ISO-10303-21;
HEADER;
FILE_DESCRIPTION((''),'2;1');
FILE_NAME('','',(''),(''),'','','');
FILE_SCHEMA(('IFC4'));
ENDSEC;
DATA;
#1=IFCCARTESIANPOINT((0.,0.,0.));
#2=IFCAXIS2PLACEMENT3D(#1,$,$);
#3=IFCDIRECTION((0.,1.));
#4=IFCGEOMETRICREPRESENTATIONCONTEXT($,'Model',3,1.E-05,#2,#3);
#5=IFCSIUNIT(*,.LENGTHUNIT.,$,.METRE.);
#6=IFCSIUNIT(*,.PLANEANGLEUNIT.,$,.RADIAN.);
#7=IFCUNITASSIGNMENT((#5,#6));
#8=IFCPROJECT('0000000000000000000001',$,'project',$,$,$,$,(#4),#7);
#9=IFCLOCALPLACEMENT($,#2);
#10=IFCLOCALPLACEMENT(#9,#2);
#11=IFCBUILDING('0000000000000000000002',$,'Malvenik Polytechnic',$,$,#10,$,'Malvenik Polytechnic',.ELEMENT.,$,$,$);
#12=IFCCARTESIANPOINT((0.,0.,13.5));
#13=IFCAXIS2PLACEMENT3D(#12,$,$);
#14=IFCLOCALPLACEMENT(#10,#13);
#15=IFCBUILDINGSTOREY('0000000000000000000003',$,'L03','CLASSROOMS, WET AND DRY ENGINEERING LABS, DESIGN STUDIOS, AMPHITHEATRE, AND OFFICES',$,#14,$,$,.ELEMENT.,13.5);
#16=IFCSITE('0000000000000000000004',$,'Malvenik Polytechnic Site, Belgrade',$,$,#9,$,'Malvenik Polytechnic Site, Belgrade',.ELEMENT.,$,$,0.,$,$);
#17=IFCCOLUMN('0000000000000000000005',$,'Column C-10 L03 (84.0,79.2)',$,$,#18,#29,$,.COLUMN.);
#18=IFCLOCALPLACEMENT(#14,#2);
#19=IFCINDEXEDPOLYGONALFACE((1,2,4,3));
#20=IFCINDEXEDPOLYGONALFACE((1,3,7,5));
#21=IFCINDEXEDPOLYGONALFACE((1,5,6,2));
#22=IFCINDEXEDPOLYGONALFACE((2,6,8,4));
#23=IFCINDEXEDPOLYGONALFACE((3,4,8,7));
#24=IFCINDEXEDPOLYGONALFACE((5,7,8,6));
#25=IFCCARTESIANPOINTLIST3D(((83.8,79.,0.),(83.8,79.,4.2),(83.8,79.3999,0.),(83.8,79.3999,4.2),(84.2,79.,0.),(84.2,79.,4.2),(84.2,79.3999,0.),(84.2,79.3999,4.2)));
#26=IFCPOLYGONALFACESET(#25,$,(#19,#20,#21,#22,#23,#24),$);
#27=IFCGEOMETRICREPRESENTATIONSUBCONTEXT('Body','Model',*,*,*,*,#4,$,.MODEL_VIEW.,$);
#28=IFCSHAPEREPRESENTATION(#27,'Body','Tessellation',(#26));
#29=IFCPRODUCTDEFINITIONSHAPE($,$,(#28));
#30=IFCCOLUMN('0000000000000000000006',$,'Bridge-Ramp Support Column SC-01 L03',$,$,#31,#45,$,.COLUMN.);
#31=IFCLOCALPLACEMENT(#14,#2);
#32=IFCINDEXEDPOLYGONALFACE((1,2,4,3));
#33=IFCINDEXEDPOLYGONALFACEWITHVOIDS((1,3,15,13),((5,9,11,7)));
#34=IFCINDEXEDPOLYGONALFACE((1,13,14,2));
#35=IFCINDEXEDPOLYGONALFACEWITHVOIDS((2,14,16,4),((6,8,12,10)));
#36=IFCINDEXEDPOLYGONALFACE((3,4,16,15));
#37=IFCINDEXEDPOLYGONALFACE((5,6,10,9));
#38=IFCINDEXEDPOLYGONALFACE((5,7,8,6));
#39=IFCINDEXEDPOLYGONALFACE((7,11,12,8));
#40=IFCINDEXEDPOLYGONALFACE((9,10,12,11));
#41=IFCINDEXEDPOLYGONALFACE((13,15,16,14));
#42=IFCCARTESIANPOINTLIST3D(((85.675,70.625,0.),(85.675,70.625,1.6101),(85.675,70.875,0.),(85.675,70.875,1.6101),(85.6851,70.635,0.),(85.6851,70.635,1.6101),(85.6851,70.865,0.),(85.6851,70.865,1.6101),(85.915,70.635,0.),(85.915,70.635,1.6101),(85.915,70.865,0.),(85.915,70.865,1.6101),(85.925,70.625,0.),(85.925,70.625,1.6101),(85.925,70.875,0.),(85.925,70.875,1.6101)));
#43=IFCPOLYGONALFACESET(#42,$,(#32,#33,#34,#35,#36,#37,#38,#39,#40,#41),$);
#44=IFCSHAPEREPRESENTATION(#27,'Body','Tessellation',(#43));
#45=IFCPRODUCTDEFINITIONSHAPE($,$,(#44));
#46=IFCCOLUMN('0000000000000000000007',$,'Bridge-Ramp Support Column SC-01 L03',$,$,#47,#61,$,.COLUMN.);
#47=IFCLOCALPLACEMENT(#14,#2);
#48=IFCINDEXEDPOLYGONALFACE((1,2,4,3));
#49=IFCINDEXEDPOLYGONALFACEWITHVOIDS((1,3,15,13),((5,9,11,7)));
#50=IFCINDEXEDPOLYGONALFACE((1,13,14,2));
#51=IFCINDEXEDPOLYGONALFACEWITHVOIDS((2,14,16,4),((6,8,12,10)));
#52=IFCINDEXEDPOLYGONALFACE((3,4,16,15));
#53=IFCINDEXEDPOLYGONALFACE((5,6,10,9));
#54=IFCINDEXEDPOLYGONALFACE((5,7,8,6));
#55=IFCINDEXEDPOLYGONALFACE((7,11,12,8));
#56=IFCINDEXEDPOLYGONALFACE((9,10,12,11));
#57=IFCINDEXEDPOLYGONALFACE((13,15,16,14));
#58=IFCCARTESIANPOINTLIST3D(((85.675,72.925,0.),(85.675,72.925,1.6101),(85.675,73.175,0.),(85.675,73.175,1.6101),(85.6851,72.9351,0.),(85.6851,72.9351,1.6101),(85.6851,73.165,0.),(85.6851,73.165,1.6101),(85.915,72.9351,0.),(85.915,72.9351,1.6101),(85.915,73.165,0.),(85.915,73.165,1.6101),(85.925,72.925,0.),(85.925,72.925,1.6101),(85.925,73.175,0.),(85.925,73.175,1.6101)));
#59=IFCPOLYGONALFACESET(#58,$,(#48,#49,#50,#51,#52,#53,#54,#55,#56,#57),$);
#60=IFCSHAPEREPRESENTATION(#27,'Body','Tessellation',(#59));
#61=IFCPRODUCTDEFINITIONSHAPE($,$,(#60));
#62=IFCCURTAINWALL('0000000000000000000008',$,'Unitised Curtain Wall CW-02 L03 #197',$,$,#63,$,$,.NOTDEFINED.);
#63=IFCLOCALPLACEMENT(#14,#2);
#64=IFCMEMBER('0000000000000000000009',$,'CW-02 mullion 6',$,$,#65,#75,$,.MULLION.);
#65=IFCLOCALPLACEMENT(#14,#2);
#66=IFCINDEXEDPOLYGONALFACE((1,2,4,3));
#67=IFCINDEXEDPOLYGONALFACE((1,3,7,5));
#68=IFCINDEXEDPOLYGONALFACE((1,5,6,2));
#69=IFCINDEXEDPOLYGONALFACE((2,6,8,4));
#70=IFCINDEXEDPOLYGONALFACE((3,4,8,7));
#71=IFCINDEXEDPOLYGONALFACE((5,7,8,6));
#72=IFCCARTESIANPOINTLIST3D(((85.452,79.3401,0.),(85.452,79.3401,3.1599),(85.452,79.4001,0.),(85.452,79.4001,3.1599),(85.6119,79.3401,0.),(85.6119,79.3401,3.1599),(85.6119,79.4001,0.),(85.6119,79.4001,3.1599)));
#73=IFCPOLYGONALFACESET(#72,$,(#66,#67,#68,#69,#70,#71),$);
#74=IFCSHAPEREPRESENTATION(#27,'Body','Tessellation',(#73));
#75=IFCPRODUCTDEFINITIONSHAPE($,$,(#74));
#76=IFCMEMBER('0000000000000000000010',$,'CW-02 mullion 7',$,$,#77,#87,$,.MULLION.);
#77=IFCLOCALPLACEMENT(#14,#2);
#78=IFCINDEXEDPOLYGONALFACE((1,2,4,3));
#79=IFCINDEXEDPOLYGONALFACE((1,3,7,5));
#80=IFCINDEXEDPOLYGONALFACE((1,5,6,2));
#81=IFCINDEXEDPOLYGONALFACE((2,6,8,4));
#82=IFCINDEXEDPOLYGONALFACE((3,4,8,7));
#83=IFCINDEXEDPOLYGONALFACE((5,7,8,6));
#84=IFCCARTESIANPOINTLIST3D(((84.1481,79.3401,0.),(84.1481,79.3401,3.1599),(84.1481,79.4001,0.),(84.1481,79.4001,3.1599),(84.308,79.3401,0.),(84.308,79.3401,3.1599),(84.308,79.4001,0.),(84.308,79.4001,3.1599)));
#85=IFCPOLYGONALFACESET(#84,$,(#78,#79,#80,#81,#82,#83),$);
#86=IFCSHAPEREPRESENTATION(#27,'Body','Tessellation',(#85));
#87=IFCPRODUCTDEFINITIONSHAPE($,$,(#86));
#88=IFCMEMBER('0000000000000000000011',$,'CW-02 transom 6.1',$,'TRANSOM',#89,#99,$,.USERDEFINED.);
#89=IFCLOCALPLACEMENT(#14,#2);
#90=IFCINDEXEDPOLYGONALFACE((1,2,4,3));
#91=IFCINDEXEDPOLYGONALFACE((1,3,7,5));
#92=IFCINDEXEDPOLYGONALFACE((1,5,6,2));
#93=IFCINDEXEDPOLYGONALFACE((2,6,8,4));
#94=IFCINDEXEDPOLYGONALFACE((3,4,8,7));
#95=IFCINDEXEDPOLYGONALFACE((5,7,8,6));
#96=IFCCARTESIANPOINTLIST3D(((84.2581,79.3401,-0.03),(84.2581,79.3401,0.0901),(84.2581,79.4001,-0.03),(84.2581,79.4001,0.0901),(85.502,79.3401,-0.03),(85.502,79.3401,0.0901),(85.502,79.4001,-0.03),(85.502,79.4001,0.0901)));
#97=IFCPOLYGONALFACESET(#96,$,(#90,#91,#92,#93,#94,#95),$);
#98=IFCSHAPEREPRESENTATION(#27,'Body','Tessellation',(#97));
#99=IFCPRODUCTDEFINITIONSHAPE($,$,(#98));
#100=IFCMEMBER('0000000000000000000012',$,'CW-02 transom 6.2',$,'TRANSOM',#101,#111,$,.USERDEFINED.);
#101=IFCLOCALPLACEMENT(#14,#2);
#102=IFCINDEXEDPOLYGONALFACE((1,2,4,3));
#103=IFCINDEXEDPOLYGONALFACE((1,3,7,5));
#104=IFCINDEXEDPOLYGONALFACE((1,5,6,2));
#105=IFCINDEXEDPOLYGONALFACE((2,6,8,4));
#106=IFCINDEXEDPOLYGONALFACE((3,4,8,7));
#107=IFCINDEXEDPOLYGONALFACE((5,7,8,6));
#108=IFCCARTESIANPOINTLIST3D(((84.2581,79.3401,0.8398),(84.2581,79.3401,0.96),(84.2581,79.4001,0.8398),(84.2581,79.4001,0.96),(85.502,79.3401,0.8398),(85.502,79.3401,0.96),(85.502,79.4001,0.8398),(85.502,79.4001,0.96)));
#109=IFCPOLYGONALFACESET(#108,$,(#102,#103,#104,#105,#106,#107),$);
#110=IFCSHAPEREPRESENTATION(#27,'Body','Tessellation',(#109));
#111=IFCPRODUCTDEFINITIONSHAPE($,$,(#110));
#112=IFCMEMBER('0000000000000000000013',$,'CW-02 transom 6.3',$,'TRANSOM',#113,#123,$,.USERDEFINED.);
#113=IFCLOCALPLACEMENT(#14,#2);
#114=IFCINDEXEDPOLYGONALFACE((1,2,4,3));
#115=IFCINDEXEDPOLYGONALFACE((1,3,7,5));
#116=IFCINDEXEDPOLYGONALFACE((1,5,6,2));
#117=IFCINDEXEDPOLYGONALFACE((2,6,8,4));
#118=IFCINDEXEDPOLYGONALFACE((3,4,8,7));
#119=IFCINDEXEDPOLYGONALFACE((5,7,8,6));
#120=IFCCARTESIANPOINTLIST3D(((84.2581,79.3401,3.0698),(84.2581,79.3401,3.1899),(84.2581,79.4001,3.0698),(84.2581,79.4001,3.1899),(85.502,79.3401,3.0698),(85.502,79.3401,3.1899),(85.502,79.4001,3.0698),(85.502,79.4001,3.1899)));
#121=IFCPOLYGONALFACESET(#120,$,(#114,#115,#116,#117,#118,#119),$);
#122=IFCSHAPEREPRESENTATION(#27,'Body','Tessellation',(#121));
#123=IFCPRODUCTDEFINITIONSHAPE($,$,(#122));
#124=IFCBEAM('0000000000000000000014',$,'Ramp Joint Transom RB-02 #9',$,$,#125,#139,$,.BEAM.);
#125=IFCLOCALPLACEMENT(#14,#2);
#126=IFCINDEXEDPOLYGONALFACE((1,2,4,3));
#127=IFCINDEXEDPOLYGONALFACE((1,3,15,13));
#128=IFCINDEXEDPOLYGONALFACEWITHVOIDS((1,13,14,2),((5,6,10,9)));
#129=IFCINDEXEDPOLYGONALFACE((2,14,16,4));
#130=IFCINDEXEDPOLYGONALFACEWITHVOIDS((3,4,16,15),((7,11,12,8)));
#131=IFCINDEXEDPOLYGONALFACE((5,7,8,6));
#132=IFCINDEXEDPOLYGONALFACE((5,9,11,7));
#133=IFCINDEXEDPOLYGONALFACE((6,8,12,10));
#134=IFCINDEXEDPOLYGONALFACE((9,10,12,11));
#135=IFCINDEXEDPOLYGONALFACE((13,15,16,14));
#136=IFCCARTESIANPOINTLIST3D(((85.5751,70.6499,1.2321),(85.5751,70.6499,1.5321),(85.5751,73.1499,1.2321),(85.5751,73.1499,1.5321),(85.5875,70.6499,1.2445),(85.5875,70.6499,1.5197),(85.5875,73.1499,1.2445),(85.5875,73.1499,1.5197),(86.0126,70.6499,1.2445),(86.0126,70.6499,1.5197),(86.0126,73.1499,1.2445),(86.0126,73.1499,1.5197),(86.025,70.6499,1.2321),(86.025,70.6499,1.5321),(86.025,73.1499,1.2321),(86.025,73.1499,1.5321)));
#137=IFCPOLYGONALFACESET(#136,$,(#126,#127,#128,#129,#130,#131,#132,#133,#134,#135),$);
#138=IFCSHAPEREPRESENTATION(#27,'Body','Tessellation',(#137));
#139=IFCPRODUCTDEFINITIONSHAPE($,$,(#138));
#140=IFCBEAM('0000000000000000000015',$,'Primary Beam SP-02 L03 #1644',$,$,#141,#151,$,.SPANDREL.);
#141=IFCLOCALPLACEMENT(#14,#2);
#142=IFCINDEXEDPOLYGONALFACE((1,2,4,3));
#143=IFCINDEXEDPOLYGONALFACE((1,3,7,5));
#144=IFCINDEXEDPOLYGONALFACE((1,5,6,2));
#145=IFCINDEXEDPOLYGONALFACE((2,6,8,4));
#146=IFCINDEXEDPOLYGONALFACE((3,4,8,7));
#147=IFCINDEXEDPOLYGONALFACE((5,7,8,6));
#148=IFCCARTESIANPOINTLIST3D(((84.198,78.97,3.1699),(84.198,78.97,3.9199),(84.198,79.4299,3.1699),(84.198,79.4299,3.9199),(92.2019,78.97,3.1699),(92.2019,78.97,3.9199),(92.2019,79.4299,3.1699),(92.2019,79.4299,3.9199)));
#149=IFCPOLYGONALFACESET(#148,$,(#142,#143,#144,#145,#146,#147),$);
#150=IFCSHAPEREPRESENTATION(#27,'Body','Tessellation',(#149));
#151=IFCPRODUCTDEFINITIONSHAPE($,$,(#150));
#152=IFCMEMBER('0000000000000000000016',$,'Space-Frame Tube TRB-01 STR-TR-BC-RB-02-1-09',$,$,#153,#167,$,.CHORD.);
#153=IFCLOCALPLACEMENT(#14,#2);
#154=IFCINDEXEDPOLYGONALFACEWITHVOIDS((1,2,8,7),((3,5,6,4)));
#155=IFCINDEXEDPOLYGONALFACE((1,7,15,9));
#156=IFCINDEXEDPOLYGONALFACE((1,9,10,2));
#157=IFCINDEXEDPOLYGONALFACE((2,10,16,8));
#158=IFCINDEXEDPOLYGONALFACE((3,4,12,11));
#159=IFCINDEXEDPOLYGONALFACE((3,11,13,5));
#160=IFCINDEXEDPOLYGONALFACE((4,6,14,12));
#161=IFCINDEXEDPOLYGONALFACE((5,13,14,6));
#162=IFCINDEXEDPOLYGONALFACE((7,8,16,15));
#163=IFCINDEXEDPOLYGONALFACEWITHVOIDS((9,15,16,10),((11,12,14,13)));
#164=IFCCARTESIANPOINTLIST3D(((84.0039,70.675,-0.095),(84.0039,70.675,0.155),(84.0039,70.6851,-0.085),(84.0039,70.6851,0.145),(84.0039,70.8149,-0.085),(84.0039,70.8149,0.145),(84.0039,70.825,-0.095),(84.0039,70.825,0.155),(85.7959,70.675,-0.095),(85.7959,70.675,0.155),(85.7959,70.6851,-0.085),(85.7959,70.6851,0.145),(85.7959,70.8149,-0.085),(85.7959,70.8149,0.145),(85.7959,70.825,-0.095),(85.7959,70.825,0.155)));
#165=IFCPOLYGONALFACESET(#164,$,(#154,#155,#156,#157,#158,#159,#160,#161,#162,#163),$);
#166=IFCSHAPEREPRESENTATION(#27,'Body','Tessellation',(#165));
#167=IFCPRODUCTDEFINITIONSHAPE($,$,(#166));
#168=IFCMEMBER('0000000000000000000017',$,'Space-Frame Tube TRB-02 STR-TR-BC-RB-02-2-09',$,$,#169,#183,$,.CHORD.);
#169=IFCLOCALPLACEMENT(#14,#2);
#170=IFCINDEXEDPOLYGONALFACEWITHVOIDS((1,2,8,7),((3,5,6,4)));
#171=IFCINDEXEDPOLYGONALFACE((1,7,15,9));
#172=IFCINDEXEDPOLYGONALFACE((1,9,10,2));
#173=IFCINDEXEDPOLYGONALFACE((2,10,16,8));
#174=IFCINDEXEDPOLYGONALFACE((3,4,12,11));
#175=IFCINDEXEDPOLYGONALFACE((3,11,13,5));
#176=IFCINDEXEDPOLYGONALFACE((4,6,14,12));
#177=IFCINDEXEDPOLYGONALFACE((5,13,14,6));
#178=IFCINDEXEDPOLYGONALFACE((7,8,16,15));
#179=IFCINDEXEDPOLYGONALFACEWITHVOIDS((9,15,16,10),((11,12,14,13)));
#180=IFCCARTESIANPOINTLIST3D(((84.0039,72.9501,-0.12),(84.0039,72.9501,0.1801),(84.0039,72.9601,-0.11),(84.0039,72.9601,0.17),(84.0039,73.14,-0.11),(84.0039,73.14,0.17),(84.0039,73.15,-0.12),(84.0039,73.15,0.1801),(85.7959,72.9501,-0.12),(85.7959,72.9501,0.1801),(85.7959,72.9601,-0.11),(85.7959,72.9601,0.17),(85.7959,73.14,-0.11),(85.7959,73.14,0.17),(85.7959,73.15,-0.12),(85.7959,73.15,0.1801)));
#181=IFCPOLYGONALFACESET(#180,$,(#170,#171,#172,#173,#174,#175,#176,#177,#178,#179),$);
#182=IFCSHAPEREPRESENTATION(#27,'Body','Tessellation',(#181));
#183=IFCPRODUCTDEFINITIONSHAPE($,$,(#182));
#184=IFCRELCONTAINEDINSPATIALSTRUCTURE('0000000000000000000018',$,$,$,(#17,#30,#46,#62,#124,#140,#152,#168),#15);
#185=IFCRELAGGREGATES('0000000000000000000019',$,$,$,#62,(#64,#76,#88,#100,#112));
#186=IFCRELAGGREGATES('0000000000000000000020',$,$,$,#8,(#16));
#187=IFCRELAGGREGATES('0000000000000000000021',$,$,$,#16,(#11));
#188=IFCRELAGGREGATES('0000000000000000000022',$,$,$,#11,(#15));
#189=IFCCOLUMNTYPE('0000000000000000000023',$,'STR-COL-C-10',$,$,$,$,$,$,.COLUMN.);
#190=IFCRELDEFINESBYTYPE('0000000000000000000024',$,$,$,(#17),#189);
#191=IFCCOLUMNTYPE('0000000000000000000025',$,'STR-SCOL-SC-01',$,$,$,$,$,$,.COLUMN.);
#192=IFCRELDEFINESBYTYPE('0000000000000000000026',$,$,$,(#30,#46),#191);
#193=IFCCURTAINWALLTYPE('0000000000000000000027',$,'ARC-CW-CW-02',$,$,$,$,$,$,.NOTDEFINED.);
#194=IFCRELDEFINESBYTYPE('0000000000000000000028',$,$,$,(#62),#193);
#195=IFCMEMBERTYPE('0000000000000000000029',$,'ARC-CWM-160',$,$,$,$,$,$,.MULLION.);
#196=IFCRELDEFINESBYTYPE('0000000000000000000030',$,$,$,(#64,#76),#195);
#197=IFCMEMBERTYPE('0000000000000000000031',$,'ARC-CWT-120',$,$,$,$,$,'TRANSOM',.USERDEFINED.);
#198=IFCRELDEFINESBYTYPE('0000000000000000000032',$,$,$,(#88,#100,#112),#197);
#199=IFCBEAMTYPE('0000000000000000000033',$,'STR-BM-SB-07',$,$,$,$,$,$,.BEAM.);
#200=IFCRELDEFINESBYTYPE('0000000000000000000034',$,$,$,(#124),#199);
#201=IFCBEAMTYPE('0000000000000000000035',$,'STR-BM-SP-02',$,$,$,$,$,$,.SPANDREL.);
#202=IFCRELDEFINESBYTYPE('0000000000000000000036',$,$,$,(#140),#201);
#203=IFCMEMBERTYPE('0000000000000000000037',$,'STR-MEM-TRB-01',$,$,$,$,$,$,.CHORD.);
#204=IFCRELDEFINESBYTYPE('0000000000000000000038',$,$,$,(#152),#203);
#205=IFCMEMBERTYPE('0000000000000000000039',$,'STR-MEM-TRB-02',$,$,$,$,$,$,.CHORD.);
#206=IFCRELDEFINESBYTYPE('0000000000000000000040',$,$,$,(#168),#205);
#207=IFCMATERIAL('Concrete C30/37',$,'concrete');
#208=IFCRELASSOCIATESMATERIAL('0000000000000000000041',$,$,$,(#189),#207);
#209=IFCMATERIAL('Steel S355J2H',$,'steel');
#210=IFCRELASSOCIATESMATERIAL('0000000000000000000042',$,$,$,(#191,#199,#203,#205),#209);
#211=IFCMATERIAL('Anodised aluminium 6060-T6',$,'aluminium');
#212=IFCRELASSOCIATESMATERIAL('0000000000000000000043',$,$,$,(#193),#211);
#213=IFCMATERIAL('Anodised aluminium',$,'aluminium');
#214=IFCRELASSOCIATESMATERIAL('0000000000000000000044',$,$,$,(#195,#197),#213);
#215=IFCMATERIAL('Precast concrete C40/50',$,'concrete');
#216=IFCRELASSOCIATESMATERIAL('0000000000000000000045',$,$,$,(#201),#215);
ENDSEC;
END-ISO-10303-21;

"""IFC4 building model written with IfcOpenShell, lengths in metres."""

from ifc_helpers import new_model, si_unit, direction, frame, origin, origin_2d, place, context, subcontext, project, spatial, rectangle, hollow_rectangle, extrude, material, material_profile, profile_set, type_object, element, aggregate, save


model = new_model("IFC4")

# Units and contexts
model_context = context("Model", 3, precision=1e-05, world=origin(), true_north=direction((0.0, 1.0)))
body_context = subcontext(model_context, "Body", "Model", "MODEL_VIEW")
ifc_project = project(units=[si_unit("LENGTHUNIT", "METRE"), si_unit("PLANEANGLEUNIT", "RADIAN")], contexts=[model_context])

# Site, building, storey
site_placement = place(None, origin())
site = spatial("IfcSite", under=ifc_project, at=site_placement, Name="Malvenik Polytechnic Site, Belgrade", LongName="Malvenik Polytechnic Site, Belgrade", CompositionType="ELEMENT", RefElevation=0.0)
building_placement = place(site_placement, origin())
building = spatial("IfcBuilding", under=site, at=building_placement, Name="Malvenik Polytechnic", LongName="Malvenik Polytechnic", CompositionType="ELEMENT")
storey_placement = place(building_placement, frame((0.0, 0.0, 13.5)))
storey = spatial("IfcBuildingStorey", under=building, at=storey_placement, Name="L03", Description="CLASSROOMS, WET AND DRY ENGINEERING LABS, DESIGN STUDIOS, AMPHITHEATRE, AND OFFICES", CompositionType="ELEMENT", Elevation=13.5)

# Columns
ifc_material_1 = material(Name="Concrete C30/37", Category="concrete")
ifc_material_profile_1 = material_profile(ifc_material_1, rectangle(XDim=0.3999, YDim=0.3999, at=origin_2d()), Name="RC COL 400x400")
ifc_profile_set_1 = profile_set([ifc_material_profile_1], Name="Concrete C30/37")
column_type_1 = type_object("IfcColumnType", Name="STR-COL-C-10", PredefinedType="COLUMN", material=ifc_profile_set_1)
column_placement = place(storey_placement, frame((84.0, 79.2, 0.0), z_axis=(0.0, 0.0, 1.0), x_axis=(1.0, 0.0, 0.0)))
element("IfcColumn", 1, at=column_placement, inside=storey, type_object=column_type_1, Name="Column C-10 L03 (84.0,79.2)", PredefinedType="COLUMN", context=body_context, shape_type="SweptSolid", body=[
    extrude(rectangle(XDim=0.3999, YDim=0.3999, at=origin_2d()), origin(), (0.0, 0.0, 1.0), 4.2),
])
ifc_material_2 = material(Name="Steel S355J2H", Category="steel")
ifc_material_profile_2 = material_profile(ifc_material_2, hollow_rectangle(XDim=0.25, YDim=0.25, WallThickness=0.01, at=origin_2d()), Name="SHS 250x250x10.0")
ifc_profile_set_2 = profile_set([ifc_material_profile_2], Name="Steel S355J2H")
column_type_2 = type_object("IfcColumnType", Name="STR-SCOL-SC-01", PredefinedType="COLUMN", material=ifc_profile_set_2)
for number, where, z_axis, x_axis, name in (
    (2, (85.8, 70.75, 0.0), (0.0, 0.0, 1.0), (1.0, 0.0, 0.0), "Bridge-Ramp Support Column SC-01 L03"),
    (3, (85.8, 73.05, 0.0), (0.0, 0.0, 1.0), (1.0, 0.0, 0.0), "Bridge-Ramp Support Column SC-01 L03"),
):
    element("IfcColumn", number, at=place(storey_placement, frame(where, z_axis=z_axis, x_axis=x_axis)), inside=storey, type_object=column_type_2, Name=name, PredefinedType="COLUMN", context=body_context, shape_type="SweptSolid", body=[
        extrude(hollow_rectangle(XDim=0.25, YDim=0.25, WallThickness=0.01, at=origin_2d()), origin(), (0.0, 0.0, 1.0), 1.6101),
    ])

# Curtain wall, members
ifc_material_3 = material(Name="Anodised aluminium 6060-T6", Category="aluminium")
curtain_wall_type = type_object("IfcCurtainWallType", Name="ARC-CW-CW-02", PredefinedType="NOTDEFINED", material=ifc_material_3)
curtain_wall_placement = place(storey_placement, origin())
curtain_wall = element("IfcCurtainWall", 4, at=curtain_wall_placement, inside=storey, type_object=curtain_wall_type, Name="Unitised Curtain Wall CW-02 L03 #197", PredefinedType="NOTDEFINED")
ifc_material_4 = material(Name="Anodised aluminium", Category="aluminium")
ifc_material_profile_3 = material_profile(ifc_material_4, rectangle(XDim=0.0601, YDim=0.1599, at=origin_2d()), Name="ALU MULLION 60x160")
ifc_profile_set_3 = profile_set([ifc_material_profile_3], Name="Anodised aluminium")
member_type_1 = type_object("IfcMemberType", Name="ARC-CWM-160", PredefinedType="MULLION", material=ifc_profile_set_3)
member_1_placement = place(storey_placement, frame((85.532, 79.3701, 0.0), z_axis=(0.0, 0.0, 1.0), x_axis=(0.0, -1.0, 0.0)))
member_1 = element("IfcMember", 5, at=member_1_placement, type_object=member_type_1, Name="CW-02 mullion 6", PredefinedType="MULLION", context=body_context, shape_type="SweptSolid", body=[
    extrude(rectangle(XDim=0.0601, YDim=0.1599, at=origin_2d()), origin(), (0.0, 0.0, 1.0), 3.1599),
])
member_2_placement = place(storey_placement, frame((84.228, 79.3701, 0.0), z_axis=(0.0, 0.0, 1.0), x_axis=(0.0, -1.0, 0.0)))
member_2 = element("IfcMember", 6, at=member_2_placement, type_object=member_type_1, Name="CW-02 mullion 7", PredefinedType="MULLION", context=body_context, shape_type="SweptSolid", body=[
    extrude(rectangle(XDim=0.0601, YDim=0.1599, at=origin_2d()), origin(), (0.0, 0.0, 1.0), 3.1599),
])
ifc_material_profile_4 = material_profile(ifc_material_4, rectangle(XDim=0.0601, YDim=0.1201, at=origin_2d()), Name="ALU TRANSOM 60x120")
ifc_profile_set_4 = profile_set([ifc_material_profile_4], Name="Anodised aluminium")
member_type_2 = type_object("IfcMemberType", Name="ARC-CWT-120", ElementType="TRANSOM", PredefinedType="USERDEFINED", material=ifc_profile_set_4)
member_3_placement = place(storey_placement, frame((85.502, 79.3701, 0.03), z_axis=(-1.0, 0.0, 0.0), x_axis=(0.0, -1.0, 0.0)))
member_3 = element("IfcMember", 7, at=member_3_placement, type_object=member_type_2, Name="CW-02 transom 6.1", ObjectType="TRANSOM", PredefinedType="USERDEFINED", context=body_context, shape_type="SweptSolid", body=[
    extrude(rectangle(XDim=0.0601, YDim=0.1201, at=origin_2d()), origin(), (0.0, 0.0, 1.0), 1.2439),
])
member_4_placement = place(storey_placement, frame((85.502, 79.3701, 0.8999), z_axis=(-1.0, 0.0, 0.0), x_axis=(0.0, -1.0, 0.0)))
member_4 = element("IfcMember", 8, at=member_4_placement, type_object=member_type_2, Name="CW-02 transom 6.2", ObjectType="TRANSOM", PredefinedType="USERDEFINED", context=body_context, shape_type="SweptSolid", body=[
    extrude(rectangle(XDim=0.0601, YDim=0.1201, at=origin_2d()), origin(), (0.0, 0.0, 1.0), 1.2439),
])
member_5_placement = place(storey_placement, frame((85.502, 79.3701, 3.1299), z_axis=(-1.0, 0.0, 0.0), x_axis=(0.0, -1.0, 0.0)))
member_5 = element("IfcMember", 9, at=member_5_placement, type_object=member_type_2, Name="CW-02 transom 6.3", ObjectType="TRANSOM", PredefinedType="USERDEFINED", context=body_context, shape_type="SweptSolid", body=[
    extrude(rectangle(XDim=0.0601, YDim=0.1201, at=origin_2d()), origin(), (0.0, 0.0, 1.0), 1.2439),
])

# Beams
ifc_material_profile_5 = material_profile(ifc_material_2, hollow_rectangle(XDim=0.45, YDim=0.3, WallThickness=0.0125, at=origin_2d()), Name="RHS 450x300x12.5")
ifc_profile_set_5 = profile_set([ifc_material_profile_5], Name="Steel S355J2H")
beam_type_1 = type_object("IfcBeamType", Name="STR-BM-SB-07", PredefinedType="BEAM", material=ifc_profile_set_5)
beam_1_placement = place(storey_placement, frame((85.8, 70.6499, 1.3821), z_axis=(0.0, 1.0, 0.0), x_axis=(-1.0, 0.0, 0.0)))
element("IfcBeam", 10, at=beam_1_placement, inside=storey, type_object=beam_type_1, Name="Ramp Joint Transom RB-02 #9", PredefinedType="BEAM", context=body_context, shape_type="SweptSolid", body=[
    extrude(hollow_rectangle(XDim=0.45, YDim=0.3, WallThickness=0.0125, at=origin_2d()), origin(), (0.0, 0.0, 1.0), 2.5),
])
ifc_material_5 = material(Name="Precast concrete C40/50", Category="concrete")
ifc_material_profile_6 = material_profile(ifc_material_5, rectangle(XDim=0.46, YDim=0.75, at=origin_2d()), Name="PC SPN 460x750")
ifc_profile_set_6 = profile_set([ifc_material_profile_6], Name="Precast concrete C40/50")
beam_type_2 = type_object("IfcBeamType", Name="STR-BM-SP-02", PredefinedType="SPANDREL", material=ifc_profile_set_6)
beam_2_placement = place(storey_placement, frame((84.198, 79.2, 3.5449), z_axis=(1.0, 0.0, 0.0), x_axis=(0.0, 1.0, 0.0)))
element("IfcBeam", 11, at=beam_2_placement, inside=storey, type_object=beam_type_2, Name="Primary Beam SP-02 L03 #1644", PredefinedType="SPANDREL", context=body_context, shape_type="SweptSolid", body=[
    extrude(rectangle(XDim=0.46, YDim=0.75, at=origin_2d()), origin(), (0.0, 0.0, 1.0), 8.0039),
])

# Members
ifc_material_profile_7 = material_profile(ifc_material_2, hollow_rectangle(XDim=0.1499, YDim=0.25, WallThickness=0.01, at=origin_2d()), Name="RHS 250x150x10.0")
ifc_profile_set_7 = profile_set([ifc_material_profile_7], Name="Steel S355J2H")
member_type_3 = type_object("IfcMemberType", Name="STR-MEM-TRB-01", PredefinedType="CHORD", material=ifc_profile_set_7)
member_6_placement = place(storey_placement, frame((85.7959, 70.75, 0.03), z_axis=(-1.0, 0.0, 0.0), x_axis=(0.0, -1.0, 0.0)))
element("IfcMember", 12, at=member_6_placement, inside=storey, type_object=member_type_3, Name="Space-Frame Tube TRB-01 STR-TR-BC-RB-02-1-09", PredefinedType="CHORD", context=body_context, shape_type="SweptSolid", body=[
    extrude(hollow_rectangle(XDim=0.1499, YDim=0.25, WallThickness=0.01, at=origin_2d()), origin(), (0.0, 0.0, 1.0), 1.792),
])
ifc_material_profile_8 = material_profile(ifc_material_2, hollow_rectangle(XDim=0.2, YDim=0.3, WallThickness=0.01, at=origin_2d()), Name="RHS 300x200x10.0")
ifc_profile_set_8 = profile_set([ifc_material_profile_8], Name="Steel S355J2H")
member_type_4 = type_object("IfcMemberType", Name="STR-MEM-TRB-02", PredefinedType="CHORD", material=ifc_profile_set_8)
member_7_placement = place(storey_placement, frame((85.7959, 73.05, 0.03), z_axis=(-1.0, 0.0, 0.0), x_axis=(0.0, -1.0, 0.0)))
element("IfcMember", 13, at=member_7_placement, inside=storey, type_object=member_type_4, Name="Space-Frame Tube TRB-02 STR-TR-BC-RB-02-2-09", PredefinedType="CHORD", context=body_context, shape_type="SweptSolid", body=[
    extrude(hollow_rectangle(XDim=0.2, YDim=0.3, WallThickness=0.01, at=origin_2d()), origin(), (0.0, 0.0, 1.0), 1.792),
])

aggregate(curtain_wall, [member_1, member_2, member_3, member_4, member_5])

save(model, "model.ifc")
